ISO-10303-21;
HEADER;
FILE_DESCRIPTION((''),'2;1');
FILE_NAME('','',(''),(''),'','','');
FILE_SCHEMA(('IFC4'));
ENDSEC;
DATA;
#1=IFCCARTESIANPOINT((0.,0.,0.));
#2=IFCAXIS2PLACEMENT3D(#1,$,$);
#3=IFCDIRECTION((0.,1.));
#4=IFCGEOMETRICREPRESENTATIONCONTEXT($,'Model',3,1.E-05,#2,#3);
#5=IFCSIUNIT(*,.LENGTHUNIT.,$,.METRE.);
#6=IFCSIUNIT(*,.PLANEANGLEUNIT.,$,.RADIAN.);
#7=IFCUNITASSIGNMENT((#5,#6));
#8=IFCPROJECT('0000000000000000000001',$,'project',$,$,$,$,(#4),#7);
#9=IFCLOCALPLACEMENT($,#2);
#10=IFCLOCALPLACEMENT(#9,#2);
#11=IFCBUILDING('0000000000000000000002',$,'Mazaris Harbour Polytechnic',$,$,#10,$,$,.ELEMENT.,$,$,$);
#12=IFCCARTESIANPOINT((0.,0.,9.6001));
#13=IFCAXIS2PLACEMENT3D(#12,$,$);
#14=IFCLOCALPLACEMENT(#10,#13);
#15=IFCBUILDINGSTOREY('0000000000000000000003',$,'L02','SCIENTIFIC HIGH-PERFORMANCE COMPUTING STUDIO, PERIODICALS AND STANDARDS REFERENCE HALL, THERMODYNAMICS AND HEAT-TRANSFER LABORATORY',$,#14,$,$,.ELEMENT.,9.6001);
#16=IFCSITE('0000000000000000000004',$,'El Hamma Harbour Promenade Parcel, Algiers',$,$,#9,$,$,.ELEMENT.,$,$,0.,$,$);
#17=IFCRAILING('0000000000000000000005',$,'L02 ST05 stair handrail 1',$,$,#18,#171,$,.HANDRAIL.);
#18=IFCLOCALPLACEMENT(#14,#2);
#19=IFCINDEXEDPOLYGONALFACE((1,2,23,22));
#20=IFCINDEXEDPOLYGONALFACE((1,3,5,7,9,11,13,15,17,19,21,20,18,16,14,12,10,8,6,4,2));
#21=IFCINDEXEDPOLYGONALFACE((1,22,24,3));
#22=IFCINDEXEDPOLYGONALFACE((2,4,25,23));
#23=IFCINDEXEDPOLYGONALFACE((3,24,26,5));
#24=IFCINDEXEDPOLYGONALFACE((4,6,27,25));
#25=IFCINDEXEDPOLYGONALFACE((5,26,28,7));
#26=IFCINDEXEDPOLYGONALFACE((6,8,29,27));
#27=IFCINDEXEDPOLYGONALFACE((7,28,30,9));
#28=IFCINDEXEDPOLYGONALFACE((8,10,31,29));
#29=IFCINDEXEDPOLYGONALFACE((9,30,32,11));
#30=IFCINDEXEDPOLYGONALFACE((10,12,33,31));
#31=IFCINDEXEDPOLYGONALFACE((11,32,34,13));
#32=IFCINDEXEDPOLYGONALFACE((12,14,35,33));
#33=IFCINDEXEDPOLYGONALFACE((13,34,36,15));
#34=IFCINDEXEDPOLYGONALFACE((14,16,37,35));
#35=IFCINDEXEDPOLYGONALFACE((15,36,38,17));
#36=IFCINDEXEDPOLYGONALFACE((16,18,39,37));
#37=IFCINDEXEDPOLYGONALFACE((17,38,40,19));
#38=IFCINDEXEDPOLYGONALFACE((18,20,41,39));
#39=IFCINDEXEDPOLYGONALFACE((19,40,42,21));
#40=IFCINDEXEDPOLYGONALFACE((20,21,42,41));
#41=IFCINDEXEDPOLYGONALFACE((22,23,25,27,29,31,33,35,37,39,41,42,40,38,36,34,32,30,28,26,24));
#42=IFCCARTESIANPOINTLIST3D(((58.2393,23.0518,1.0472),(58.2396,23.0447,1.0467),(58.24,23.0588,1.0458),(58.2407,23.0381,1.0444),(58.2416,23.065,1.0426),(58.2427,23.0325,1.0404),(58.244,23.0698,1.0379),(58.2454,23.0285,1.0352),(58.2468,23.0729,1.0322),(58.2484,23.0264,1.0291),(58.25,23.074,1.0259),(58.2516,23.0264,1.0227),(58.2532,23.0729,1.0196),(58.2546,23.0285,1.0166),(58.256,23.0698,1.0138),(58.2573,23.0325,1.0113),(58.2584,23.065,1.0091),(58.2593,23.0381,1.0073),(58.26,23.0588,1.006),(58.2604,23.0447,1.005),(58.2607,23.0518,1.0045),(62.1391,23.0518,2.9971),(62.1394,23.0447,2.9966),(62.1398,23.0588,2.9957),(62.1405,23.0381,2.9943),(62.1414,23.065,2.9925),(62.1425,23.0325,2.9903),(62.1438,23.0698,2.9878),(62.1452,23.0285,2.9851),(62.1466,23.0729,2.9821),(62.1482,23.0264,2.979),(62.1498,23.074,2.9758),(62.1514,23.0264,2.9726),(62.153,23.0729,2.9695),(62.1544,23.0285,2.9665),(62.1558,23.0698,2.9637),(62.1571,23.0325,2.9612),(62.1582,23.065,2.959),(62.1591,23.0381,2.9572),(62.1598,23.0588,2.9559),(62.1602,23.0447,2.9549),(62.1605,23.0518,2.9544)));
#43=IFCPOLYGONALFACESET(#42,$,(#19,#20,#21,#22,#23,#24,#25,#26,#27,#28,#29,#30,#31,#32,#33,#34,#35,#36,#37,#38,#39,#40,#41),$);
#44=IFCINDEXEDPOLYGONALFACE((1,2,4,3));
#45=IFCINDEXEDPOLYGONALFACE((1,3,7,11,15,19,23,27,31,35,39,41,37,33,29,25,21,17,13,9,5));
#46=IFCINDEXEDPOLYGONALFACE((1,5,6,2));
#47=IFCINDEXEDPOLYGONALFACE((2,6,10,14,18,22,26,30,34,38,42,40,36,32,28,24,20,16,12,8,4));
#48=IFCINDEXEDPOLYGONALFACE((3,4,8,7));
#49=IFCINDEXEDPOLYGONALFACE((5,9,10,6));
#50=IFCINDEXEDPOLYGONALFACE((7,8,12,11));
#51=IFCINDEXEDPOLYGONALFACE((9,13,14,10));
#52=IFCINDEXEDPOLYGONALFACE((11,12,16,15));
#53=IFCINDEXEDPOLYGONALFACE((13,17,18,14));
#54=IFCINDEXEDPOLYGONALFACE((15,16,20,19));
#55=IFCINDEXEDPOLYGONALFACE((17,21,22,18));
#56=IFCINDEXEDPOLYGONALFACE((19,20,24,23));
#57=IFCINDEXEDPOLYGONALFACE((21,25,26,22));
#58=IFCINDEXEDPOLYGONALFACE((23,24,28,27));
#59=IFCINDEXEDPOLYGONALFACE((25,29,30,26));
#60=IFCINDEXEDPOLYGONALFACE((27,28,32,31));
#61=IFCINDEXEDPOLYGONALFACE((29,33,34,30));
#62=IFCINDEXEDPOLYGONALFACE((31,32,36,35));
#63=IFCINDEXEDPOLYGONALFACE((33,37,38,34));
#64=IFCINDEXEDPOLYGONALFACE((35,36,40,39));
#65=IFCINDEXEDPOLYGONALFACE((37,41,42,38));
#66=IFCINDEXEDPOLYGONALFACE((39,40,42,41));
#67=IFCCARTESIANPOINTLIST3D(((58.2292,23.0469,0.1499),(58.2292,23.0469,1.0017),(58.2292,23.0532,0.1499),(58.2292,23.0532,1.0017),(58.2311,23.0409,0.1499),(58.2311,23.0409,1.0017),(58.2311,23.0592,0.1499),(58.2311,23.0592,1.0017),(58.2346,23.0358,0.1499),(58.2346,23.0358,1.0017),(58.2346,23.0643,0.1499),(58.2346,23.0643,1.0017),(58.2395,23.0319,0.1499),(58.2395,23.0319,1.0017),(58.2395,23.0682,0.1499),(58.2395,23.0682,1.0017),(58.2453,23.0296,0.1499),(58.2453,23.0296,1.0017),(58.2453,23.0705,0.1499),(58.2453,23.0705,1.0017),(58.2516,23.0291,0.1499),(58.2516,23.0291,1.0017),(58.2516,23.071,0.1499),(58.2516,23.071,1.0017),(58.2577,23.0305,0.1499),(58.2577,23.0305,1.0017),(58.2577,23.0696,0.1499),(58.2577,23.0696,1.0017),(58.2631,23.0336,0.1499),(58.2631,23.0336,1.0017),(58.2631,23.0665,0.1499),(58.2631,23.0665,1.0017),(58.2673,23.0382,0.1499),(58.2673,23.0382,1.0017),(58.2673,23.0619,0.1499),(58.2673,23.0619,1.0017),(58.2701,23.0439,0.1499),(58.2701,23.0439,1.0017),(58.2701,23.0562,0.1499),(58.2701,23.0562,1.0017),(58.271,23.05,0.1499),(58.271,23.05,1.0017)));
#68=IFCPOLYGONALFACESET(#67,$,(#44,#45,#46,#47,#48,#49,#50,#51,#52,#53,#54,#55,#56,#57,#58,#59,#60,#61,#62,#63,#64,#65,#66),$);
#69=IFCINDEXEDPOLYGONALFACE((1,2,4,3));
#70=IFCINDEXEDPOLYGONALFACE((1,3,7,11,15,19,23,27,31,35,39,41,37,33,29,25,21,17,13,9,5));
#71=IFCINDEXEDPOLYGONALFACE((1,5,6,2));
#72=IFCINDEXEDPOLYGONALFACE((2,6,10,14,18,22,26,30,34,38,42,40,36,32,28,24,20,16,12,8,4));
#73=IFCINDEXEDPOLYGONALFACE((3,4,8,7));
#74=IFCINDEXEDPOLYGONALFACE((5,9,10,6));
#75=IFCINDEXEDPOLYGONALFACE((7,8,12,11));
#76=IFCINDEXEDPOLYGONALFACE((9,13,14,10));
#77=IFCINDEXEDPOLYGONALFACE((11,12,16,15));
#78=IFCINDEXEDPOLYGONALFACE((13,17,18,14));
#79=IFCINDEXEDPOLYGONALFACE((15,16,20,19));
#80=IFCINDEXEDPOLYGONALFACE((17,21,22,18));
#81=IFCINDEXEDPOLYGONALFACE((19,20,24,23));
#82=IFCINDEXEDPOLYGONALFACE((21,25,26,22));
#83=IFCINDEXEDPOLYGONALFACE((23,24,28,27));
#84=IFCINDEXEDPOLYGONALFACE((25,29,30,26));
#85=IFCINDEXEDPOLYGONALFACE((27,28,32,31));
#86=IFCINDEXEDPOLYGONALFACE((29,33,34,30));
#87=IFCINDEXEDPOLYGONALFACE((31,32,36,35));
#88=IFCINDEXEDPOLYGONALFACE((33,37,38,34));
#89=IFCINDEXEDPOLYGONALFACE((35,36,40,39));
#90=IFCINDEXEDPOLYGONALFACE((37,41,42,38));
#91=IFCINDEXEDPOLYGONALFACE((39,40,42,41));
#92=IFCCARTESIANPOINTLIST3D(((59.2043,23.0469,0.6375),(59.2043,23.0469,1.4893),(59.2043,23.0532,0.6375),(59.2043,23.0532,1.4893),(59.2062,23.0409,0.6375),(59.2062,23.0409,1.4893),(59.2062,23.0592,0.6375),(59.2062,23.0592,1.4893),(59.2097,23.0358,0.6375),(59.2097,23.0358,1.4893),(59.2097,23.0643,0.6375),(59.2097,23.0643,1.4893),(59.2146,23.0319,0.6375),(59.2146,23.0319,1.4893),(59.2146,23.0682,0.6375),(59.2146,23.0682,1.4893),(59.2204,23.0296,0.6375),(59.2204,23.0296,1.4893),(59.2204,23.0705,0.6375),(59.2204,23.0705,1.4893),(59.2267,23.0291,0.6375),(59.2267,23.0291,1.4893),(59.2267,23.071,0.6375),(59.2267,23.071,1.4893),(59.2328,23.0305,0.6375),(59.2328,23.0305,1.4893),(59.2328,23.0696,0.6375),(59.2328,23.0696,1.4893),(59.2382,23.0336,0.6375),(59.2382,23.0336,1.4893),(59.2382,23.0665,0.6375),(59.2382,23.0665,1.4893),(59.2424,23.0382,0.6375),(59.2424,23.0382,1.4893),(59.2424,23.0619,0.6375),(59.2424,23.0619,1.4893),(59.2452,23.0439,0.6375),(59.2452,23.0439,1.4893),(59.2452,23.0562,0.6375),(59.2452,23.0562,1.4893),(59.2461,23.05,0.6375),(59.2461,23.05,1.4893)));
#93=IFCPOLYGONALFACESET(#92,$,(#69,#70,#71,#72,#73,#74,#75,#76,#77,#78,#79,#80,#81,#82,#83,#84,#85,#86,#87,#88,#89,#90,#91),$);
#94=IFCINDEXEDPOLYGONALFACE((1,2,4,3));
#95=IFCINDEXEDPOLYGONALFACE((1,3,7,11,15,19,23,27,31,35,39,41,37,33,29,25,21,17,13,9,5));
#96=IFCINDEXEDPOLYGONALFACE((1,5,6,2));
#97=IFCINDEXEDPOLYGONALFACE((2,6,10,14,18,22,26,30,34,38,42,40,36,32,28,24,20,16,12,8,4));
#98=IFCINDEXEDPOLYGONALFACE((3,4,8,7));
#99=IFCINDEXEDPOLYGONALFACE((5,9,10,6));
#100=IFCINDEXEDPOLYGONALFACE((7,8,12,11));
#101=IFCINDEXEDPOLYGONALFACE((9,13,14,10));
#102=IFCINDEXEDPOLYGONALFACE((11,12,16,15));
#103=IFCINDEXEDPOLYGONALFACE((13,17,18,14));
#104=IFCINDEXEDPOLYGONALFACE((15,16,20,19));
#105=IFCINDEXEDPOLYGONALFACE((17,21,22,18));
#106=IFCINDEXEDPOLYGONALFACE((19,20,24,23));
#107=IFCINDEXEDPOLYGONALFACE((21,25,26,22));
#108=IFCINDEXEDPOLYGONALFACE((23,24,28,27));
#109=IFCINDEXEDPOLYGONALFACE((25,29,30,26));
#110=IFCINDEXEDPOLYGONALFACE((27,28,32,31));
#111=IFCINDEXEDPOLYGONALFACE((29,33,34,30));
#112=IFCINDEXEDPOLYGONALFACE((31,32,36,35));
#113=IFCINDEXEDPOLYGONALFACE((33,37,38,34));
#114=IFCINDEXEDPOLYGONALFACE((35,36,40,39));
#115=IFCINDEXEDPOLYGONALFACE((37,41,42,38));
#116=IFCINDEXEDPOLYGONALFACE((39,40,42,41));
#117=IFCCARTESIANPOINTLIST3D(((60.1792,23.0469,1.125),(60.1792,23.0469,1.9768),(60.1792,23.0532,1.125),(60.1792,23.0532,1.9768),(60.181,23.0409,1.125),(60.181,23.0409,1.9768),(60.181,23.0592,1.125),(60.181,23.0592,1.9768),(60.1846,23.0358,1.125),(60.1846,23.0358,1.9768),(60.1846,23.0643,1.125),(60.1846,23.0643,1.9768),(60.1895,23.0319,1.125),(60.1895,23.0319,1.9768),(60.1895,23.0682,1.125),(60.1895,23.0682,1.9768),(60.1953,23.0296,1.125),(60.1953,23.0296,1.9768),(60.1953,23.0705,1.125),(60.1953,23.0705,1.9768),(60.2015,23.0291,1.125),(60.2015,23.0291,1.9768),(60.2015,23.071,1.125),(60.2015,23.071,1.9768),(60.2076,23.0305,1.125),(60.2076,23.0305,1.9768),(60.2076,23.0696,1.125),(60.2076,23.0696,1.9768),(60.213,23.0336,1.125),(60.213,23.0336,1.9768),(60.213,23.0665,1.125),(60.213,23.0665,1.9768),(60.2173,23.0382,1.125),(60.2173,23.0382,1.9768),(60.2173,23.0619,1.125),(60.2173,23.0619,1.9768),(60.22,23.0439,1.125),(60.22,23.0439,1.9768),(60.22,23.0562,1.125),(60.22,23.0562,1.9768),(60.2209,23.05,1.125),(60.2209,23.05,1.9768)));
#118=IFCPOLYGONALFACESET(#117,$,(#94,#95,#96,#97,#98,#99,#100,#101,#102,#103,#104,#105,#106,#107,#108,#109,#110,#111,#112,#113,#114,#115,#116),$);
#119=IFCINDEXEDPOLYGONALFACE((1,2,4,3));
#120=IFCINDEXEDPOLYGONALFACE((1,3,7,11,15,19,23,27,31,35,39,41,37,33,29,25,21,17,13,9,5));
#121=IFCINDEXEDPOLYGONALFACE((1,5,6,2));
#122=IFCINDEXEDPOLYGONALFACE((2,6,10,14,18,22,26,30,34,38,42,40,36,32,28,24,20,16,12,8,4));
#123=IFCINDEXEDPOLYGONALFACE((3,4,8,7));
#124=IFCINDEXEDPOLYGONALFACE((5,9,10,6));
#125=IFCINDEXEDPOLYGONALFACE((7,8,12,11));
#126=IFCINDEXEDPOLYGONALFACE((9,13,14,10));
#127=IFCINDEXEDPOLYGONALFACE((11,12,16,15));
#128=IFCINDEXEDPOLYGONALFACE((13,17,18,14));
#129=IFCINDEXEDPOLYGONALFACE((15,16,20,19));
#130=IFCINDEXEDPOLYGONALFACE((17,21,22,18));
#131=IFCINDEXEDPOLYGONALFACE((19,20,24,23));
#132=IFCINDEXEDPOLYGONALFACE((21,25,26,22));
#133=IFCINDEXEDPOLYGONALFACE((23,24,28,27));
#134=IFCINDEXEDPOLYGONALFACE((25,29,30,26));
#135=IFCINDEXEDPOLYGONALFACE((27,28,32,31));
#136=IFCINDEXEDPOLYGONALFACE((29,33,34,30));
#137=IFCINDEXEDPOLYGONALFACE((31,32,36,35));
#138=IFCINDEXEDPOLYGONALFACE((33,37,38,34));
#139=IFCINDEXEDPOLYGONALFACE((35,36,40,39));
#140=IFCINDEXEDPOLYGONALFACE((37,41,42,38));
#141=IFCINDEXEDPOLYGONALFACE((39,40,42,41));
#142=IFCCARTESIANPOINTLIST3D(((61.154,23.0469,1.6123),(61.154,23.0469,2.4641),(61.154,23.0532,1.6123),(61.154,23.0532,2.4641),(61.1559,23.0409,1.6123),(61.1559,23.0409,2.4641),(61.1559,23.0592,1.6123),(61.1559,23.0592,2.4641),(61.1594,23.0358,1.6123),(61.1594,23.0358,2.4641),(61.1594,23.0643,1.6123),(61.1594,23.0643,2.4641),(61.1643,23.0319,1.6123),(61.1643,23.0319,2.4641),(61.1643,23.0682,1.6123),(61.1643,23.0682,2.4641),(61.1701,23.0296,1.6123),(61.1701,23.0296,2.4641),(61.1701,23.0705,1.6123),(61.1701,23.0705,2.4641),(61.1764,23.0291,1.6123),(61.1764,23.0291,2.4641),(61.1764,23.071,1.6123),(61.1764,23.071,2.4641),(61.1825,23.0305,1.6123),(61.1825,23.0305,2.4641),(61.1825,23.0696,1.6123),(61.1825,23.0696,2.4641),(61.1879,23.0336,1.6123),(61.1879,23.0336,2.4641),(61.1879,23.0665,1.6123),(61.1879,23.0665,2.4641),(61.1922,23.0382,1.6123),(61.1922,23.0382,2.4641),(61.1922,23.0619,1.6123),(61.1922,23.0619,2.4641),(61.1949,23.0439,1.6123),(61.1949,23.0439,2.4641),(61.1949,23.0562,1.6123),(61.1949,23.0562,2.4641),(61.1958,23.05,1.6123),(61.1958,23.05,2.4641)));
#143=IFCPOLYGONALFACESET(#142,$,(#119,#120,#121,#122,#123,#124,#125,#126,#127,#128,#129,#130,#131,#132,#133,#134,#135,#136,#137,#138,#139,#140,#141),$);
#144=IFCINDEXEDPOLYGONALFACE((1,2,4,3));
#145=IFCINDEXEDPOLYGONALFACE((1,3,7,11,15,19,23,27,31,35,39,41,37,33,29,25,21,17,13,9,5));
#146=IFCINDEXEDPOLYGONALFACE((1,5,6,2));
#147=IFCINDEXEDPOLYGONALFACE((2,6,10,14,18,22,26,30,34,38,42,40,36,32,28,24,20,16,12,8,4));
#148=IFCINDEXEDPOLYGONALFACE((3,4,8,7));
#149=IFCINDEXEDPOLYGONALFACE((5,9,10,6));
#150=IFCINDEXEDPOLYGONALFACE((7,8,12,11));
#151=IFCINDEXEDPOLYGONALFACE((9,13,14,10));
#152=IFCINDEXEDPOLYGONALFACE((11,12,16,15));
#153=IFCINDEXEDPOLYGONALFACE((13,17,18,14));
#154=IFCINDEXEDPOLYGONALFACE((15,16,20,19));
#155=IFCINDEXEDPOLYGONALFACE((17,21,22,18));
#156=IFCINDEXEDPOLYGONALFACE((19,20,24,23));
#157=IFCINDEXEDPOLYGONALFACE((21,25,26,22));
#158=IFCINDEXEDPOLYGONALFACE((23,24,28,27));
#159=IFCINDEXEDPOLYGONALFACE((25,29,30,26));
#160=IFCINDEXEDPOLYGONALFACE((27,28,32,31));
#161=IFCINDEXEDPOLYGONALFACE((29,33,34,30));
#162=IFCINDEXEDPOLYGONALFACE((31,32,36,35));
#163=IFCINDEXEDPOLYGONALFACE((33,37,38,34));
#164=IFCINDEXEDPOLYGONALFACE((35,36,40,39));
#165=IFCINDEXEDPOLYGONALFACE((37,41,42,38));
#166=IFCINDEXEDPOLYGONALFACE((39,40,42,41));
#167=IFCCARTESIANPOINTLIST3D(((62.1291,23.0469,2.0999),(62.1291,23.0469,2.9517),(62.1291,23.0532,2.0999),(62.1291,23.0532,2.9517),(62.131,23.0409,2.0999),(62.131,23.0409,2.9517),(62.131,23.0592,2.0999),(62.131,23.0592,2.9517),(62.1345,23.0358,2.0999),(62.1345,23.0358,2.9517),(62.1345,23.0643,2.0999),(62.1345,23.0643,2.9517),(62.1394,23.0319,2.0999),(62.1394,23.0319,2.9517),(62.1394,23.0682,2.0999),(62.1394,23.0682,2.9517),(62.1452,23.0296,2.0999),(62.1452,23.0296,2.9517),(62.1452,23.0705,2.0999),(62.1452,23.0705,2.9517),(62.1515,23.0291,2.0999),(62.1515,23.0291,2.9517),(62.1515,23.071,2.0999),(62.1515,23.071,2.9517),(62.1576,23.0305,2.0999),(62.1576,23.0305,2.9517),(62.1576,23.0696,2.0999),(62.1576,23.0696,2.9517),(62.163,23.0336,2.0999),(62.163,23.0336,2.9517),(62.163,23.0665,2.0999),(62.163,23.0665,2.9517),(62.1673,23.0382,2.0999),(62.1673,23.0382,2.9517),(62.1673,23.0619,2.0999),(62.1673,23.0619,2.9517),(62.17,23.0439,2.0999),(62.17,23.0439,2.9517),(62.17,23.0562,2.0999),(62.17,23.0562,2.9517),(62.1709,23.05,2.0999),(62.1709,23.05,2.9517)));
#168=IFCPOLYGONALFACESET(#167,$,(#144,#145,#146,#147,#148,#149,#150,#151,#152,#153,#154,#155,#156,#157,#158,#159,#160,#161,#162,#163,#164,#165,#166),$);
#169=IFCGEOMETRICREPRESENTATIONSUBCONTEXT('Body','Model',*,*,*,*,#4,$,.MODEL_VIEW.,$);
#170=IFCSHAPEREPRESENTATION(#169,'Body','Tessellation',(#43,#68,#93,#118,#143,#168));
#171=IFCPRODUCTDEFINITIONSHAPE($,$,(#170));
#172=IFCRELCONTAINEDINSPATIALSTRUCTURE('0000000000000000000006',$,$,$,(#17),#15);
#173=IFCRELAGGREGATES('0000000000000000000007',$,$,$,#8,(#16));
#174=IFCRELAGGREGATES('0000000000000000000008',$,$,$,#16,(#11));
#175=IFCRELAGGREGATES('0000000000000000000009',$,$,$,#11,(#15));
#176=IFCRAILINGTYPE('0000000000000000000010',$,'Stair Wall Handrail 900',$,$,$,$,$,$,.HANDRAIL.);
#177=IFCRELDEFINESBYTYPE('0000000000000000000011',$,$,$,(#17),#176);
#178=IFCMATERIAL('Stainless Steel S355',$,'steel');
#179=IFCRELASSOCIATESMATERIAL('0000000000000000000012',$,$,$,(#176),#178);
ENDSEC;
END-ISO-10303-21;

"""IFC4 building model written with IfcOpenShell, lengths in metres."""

from ifc_helpers import new_model, si_unit, direction, frame, origin, origin_2d, place, context, subcontext, project, spatial, circle, extrude, material, type_object, element, save


model = new_model("IFC4")

# Units and contexts
model_context = context("Model", 3, precision=1e-05, world=origin(), true_north=direction((0.0, 1.0)))
body_context = subcontext(model_context, "Body", "Model", "MODEL_VIEW")
ifc_project = project(units=[si_unit("LENGTHUNIT", "METRE"), si_unit("PLANEANGLEUNIT", "RADIAN")], contexts=[model_context])

# Site, building, storey
site_placement = place(None, origin())
site = spatial("IfcSite", under=ifc_project, at=site_placement, Name="El Hamma Harbour Promenade Parcel, Algiers", CompositionType="ELEMENT", RefElevation=0.0)
building_placement = place(site_placement, origin())
building = spatial("IfcBuilding", under=site, at=building_placement, Name="Mazaris Harbour Polytechnic", CompositionType="ELEMENT")
storey_placement = place(building_placement, frame((0.0, 0.0, 9.6001)))
storey = spatial("IfcBuildingStorey", under=building, at=storey_placement, Name="L02", Description="SCIENTIFIC HIGH-PERFORMANCE COMPUTING STUDIO, PERIODICALS AND STANDARDS REFERENCE HALL, THERMODYNAMICS AND HEAT-TRANSFER LABORATORY", CompositionType="ELEMENT", Elevation=9.6001)

# Railing
ifc_material_1 = material(Name="Stainless Steel S355", Category="steel")
railing_type_1 = type_object("IfcRailingType", Name="Stair Wall Handrail 900", PredefinedType="HANDRAIL", material=ifc_material_1)
railing_1_placement = place(storey_placement, frame((58.25, 23.05, 0.1499)))
element("IfcRailing", 1, at=railing_1_placement, inside=storey, type_object=railing_type_1, Name="L02 ST05 stair handrail 1", PredefinedType="HANDRAIL", context=body_context, shape_type="SweptSolid", body=[
    extrude(circle(Radius=0.0239, at=origin_2d()), frame((0.0, 0.0, 0.876), z_axis=(0.894427, 0.0, 0.447214), x_axis=(0.0, 1.0, 0.0)), (0.0, 0.0, 1.0), 4.3601),
    extrude(circle(Radius=0.021, at=origin_2d()), origin(), (0.0, 0.0, 1.0), 0.8518),
    extrude(circle(Radius=0.021, at=origin_2d()), frame((0.9751, 0.0, 0.4875)), (0.0, 0.0, 1.0), 0.8518),
    extrude(circle(Radius=0.021, at=origin_2d()), frame((1.95, 0.0, 0.9751)), (0.0, 0.0, 1.0), 0.8518),
    extrude(circle(Radius=0.021, at=origin_2d()), frame((2.9248, 0.0, 1.4624)), (0.0, 0.0, 1.0), 0.8518),
    extrude(circle(Radius=0.021, at=origin_2d()), frame((3.8999, 0.0, 1.95)), (0.0, 0.0, 1.0), 0.8518),
])

save(model, "model.ifc")
